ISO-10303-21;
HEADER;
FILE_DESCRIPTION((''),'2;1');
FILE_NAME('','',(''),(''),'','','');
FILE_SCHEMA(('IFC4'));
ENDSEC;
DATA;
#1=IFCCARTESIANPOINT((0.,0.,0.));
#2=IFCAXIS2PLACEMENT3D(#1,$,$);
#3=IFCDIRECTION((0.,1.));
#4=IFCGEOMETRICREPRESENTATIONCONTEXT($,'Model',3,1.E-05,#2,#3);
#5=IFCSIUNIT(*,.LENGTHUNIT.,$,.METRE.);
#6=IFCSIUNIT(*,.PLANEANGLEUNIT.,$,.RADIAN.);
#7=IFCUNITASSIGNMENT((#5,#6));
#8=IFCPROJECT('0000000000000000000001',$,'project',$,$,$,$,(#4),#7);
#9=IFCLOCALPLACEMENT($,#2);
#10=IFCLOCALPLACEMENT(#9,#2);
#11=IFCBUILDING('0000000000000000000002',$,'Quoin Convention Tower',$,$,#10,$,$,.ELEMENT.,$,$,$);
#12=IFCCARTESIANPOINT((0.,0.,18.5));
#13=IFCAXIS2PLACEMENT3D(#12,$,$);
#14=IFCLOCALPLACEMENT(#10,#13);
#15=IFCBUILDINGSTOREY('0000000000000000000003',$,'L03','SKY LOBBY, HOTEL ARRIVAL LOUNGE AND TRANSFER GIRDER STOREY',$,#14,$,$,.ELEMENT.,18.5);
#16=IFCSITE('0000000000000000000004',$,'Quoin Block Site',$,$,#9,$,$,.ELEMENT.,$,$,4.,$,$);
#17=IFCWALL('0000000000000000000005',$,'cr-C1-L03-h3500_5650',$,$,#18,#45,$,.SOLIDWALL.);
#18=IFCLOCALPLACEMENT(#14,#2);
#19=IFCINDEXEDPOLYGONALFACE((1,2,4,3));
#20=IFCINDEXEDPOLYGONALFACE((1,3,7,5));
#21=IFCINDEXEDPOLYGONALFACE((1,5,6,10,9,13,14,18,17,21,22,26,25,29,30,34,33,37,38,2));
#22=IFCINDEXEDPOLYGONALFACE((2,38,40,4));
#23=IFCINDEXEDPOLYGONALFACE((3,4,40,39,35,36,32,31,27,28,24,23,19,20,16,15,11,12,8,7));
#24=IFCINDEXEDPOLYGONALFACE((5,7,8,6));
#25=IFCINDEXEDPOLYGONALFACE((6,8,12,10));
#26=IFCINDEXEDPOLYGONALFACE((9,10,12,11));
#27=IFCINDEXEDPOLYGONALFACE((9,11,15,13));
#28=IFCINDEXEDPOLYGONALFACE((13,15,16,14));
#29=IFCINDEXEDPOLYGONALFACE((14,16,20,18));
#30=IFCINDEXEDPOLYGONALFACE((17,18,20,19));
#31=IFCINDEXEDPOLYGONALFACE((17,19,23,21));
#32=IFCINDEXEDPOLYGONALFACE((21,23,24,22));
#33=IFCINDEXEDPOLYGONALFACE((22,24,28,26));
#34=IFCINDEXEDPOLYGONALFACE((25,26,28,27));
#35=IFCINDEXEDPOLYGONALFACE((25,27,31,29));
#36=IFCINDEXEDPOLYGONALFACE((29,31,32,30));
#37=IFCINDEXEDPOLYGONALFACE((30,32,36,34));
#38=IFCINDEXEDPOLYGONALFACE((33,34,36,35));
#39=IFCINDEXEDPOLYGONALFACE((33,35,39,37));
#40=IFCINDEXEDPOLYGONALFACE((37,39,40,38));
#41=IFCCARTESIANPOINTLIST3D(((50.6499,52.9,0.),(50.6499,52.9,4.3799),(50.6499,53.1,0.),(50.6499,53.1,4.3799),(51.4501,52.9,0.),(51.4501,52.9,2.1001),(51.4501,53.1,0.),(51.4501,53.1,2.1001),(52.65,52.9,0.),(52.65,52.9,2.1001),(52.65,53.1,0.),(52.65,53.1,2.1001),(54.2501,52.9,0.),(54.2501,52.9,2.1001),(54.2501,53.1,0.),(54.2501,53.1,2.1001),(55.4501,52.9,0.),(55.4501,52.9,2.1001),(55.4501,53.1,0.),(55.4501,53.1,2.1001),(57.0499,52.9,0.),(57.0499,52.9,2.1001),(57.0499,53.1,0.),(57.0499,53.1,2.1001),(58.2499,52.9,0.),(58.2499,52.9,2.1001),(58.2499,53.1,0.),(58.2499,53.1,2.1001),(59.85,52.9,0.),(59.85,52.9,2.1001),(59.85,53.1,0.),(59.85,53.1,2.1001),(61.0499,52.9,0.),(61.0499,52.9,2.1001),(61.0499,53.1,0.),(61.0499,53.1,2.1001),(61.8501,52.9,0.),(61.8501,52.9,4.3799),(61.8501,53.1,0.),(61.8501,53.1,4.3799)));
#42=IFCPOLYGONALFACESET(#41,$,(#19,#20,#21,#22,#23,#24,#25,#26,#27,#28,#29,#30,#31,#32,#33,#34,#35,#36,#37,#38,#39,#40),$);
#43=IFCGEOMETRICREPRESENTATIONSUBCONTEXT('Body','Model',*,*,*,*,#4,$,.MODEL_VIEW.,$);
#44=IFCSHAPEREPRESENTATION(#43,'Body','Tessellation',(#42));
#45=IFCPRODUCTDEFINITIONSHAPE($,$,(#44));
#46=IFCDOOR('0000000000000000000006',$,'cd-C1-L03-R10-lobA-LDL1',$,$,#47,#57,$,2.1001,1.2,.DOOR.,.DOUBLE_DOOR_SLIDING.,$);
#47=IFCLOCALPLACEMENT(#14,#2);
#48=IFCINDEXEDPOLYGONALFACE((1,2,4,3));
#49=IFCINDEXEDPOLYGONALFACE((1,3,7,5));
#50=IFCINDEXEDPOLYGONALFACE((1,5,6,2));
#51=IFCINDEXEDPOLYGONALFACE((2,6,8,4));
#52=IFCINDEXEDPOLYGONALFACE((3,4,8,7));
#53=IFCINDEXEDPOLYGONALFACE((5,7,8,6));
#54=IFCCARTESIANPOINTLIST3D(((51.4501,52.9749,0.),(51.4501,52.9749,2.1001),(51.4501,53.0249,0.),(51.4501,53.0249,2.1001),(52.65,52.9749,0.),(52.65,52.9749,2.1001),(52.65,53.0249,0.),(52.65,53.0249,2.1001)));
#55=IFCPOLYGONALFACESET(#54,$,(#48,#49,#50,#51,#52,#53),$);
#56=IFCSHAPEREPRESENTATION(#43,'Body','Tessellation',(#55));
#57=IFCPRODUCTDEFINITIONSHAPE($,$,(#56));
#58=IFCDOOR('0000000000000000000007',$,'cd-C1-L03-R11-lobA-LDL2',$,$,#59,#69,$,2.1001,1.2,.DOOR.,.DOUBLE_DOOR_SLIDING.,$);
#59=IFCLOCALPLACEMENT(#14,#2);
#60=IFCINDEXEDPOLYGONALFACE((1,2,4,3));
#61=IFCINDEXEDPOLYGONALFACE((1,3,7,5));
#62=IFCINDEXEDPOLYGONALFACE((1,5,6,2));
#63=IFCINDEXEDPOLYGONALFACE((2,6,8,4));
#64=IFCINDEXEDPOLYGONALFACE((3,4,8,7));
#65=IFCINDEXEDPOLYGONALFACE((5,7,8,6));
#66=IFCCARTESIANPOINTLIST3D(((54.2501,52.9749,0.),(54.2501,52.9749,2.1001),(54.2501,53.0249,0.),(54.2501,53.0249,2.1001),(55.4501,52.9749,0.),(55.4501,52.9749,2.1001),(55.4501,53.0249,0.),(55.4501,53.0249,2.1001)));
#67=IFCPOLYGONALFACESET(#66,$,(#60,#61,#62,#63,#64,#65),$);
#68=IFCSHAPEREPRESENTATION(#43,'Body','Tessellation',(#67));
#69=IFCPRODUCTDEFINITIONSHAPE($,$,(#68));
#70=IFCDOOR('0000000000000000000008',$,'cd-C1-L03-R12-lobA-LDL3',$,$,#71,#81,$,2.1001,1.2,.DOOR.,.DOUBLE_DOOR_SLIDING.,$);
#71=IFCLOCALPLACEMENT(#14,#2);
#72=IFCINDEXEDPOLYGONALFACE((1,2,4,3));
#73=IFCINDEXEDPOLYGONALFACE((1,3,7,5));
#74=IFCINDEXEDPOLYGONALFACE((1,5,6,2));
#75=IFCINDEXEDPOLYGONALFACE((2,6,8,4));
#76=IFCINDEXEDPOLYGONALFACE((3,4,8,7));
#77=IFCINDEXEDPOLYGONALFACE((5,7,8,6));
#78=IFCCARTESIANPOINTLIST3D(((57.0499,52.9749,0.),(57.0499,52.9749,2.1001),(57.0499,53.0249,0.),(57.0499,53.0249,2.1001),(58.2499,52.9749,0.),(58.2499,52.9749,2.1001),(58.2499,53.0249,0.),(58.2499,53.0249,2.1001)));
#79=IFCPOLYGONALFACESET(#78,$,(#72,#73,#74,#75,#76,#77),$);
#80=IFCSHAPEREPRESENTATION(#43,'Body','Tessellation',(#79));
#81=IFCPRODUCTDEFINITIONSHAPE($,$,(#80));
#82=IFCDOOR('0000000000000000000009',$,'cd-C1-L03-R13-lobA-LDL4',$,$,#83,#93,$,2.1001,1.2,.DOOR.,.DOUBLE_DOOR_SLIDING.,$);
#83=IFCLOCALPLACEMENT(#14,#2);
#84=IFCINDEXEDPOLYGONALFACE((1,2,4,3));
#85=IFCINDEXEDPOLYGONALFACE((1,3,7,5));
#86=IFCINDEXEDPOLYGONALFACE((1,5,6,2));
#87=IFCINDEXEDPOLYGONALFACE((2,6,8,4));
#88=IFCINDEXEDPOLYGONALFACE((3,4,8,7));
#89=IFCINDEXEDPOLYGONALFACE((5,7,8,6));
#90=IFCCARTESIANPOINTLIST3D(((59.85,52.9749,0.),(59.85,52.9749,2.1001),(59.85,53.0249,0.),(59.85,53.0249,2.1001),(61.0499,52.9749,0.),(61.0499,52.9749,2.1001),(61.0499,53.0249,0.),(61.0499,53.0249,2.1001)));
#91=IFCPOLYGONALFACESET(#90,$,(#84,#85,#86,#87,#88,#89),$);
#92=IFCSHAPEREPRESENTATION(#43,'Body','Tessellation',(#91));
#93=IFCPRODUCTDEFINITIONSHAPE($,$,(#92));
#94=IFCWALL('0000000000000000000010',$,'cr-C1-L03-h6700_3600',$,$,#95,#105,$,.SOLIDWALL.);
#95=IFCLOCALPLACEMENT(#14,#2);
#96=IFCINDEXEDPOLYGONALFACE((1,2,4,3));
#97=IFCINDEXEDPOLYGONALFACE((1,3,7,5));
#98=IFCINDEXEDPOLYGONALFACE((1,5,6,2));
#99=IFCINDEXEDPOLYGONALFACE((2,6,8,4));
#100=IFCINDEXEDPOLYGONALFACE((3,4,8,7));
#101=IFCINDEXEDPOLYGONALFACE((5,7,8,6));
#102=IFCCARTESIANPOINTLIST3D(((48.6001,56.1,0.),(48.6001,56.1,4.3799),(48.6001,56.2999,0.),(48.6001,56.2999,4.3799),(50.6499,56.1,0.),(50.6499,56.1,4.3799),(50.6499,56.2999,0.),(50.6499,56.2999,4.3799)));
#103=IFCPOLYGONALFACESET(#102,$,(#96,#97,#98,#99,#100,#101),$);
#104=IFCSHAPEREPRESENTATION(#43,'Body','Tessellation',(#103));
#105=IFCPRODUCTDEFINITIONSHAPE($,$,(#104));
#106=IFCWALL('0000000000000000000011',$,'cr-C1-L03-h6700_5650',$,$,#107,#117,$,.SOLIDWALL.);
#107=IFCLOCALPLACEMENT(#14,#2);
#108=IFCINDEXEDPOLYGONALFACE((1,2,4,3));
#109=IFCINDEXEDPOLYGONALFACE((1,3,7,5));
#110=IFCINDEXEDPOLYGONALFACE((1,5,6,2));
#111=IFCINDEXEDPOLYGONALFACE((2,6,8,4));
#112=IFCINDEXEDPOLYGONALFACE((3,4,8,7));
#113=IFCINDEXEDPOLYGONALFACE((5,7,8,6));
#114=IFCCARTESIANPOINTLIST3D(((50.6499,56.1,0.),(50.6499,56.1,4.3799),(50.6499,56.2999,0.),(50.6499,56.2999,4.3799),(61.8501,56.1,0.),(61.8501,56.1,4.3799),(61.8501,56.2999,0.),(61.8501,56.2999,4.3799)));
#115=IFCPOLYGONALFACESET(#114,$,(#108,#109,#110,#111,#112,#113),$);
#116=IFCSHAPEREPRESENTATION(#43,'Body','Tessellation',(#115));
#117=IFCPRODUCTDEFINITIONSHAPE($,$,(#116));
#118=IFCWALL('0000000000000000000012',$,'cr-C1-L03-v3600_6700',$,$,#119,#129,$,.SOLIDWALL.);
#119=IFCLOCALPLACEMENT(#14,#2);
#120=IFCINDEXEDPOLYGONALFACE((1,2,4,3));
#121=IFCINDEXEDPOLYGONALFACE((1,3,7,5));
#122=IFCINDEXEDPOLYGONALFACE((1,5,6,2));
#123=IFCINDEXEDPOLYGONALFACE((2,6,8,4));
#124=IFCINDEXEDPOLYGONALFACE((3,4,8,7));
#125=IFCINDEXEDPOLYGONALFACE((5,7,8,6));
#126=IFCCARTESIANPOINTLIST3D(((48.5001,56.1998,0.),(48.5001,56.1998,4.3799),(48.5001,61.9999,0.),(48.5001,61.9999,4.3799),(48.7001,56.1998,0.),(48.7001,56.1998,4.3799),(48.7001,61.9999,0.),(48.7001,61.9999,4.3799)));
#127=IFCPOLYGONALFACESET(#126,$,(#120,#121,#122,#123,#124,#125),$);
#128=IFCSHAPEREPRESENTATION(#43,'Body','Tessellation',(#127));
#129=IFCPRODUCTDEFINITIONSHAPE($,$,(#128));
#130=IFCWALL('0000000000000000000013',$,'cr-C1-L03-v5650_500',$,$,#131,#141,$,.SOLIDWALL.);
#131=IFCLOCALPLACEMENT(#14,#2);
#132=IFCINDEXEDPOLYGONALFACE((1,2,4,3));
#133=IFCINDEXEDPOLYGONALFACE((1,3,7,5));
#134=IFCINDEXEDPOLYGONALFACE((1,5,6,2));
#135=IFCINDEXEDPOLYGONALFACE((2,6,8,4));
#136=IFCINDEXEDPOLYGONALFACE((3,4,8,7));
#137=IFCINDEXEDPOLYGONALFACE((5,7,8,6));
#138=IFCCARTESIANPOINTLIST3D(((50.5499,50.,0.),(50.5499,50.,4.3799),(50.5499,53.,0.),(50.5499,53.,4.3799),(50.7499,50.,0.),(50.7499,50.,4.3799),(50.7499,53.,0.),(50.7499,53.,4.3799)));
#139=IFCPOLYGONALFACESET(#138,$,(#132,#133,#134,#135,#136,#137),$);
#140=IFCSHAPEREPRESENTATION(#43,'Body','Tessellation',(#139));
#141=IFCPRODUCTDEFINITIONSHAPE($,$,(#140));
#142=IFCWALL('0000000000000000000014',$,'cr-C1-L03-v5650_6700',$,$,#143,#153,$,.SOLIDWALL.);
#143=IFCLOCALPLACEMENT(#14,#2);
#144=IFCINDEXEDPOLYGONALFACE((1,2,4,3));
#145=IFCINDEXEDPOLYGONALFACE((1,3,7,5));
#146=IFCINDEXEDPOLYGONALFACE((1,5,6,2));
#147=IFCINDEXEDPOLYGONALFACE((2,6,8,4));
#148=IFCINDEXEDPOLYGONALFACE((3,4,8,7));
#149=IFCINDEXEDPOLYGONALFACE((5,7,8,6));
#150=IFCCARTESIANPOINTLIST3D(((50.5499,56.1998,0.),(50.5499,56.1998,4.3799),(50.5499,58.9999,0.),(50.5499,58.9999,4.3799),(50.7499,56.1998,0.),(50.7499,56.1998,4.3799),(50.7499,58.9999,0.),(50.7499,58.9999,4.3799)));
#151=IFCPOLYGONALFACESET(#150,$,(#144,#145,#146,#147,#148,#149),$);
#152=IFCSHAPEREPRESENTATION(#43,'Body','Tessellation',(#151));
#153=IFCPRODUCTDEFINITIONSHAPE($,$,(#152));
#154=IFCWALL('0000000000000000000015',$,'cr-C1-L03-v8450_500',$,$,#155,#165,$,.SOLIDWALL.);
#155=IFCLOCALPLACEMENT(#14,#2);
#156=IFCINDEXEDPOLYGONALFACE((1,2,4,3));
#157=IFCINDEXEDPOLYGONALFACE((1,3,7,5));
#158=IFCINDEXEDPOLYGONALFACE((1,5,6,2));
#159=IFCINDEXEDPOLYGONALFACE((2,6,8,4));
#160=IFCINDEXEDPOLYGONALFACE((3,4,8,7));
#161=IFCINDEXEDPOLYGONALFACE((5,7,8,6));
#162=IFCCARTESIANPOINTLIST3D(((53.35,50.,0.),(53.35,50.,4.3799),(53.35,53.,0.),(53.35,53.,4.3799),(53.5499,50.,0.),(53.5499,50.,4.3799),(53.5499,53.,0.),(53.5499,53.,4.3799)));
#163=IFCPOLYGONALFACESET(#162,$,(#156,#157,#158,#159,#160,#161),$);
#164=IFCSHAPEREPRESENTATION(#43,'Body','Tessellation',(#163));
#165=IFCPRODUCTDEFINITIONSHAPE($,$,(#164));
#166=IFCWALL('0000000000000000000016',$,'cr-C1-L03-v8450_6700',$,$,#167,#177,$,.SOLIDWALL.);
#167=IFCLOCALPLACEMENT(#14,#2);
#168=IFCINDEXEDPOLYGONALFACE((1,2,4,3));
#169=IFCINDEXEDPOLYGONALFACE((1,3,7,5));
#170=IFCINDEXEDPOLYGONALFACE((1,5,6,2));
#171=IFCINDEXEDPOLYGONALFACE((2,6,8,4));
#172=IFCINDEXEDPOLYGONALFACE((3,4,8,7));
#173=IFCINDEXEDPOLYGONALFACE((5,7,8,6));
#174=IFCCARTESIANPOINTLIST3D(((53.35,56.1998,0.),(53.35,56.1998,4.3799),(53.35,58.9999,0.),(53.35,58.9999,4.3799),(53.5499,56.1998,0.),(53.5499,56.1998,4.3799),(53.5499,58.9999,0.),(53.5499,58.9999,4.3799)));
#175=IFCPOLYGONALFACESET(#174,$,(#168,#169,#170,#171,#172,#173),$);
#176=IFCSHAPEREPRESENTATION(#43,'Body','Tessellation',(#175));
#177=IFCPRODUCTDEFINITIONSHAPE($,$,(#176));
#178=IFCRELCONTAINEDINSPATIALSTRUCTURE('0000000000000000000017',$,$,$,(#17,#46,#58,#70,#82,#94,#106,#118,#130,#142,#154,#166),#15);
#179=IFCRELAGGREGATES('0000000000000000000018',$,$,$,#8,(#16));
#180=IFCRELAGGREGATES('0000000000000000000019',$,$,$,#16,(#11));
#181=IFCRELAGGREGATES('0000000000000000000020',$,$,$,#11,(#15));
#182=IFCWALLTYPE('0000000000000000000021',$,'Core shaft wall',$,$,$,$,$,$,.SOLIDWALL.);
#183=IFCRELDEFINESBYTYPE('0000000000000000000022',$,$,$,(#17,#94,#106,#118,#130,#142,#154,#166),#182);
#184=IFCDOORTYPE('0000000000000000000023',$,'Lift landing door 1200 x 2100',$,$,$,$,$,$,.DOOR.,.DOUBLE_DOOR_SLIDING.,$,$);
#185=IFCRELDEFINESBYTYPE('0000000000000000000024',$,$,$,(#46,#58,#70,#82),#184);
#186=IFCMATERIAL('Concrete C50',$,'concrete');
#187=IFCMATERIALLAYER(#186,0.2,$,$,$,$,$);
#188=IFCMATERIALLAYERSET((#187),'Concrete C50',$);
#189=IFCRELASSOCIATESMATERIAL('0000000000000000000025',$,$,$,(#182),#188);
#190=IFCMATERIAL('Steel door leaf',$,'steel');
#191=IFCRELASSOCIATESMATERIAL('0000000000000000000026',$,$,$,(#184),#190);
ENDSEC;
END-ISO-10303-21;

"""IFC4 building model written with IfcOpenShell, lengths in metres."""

from ifc_helpers import new_model, si_unit, direction, frame, frame_2d, origin, place, context, subcontext, project, spatial, rectangle, extrude, material, layer, layer_set, type_object, element, fill, save


model = new_model("IFC4")

# Units and contexts
model_context = context("Model", 3, precision=1e-05, world=origin(), true_north=direction((0.0, 1.0)))
body_context = subcontext(model_context, "Body", "Model", "MODEL_VIEW")
ifc_project = project(units=[si_unit("LENGTHUNIT", "METRE"), si_unit("PLANEANGLEUNIT", "RADIAN")], contexts=[model_context])

# Site, building, storey
site_placement = place(None, origin())
site = spatial("IfcSite", under=ifc_project, at=site_placement, Name="Quoin Block Site", CompositionType="ELEMENT", RefElevation=4.0)
building_placement = place(site_placement, origin())
building = spatial("IfcBuilding", under=site, at=building_placement, Name="Quoin Convention Tower", CompositionType="ELEMENT")
storey_placement = place(building_placement, frame((0.0, 0.0, 18.5)))
storey = spatial("IfcBuildingStorey", under=building, at=storey_placement, Name="L03", Description="SKY LOBBY, HOTEL ARRIVAL LOUNGE AND TRANSFER GIRDER STOREY", CompositionType="ELEMENT", Elevation=18.5)

# Wall, openings, doors
ifc_material_1 = material(Name="Concrete C50", Category="concrete")
ifc_layer_1 = layer(ifc_material_1, 0.2)
ifc_layer_set_1 = layer_set([ifc_layer_1], Name="Concrete C50")
wall_type_1 = type_object("IfcWallType", Name="Core shaft wall", PredefinedType="SOLIDWALL", material=ifc_layer_set_1)
wall_1_placement = place(storey_placement, frame((50.6499, 53.0, 0.0), z_axis=(0.0, 0.0, 1.0), x_axis=(1.0, 0.0, 0.0)))
wall_1 = element("IfcWall", 1, at=wall_1_placement, inside=storey, type_object=wall_type_1, Name="cr-C1-L03-h3500_5650", PredefinedType="SOLIDWALL", context=body_context, shape_type="SweptSolid", body=[
    extrude(rectangle(XDim=11.2002, YDim=0.2, at=frame_2d((5.6001, 0.0))), origin(), (0.0, 0.0, 1.0), 4.3799),
])
opening_1_placement = place(wall_1_placement, frame((0.8, 0.0, 0.0)))
opening_1 = element("IfcOpeningElement", 2, at=opening_1_placement, cuts=wall_1, PredefinedType="OPENING", context=body_context, shape_type="SweptSolid", body=[
    extrude(rectangle(XDim=1.2, YDim=2.1001, at=frame_2d((0.6001, 1.05))), frame((0.0, 0.1099, 0.0), z_axis=(0.0, -1.0, 0.0), x_axis=(1.0, 0.0, 0.0)), (0.0, 0.0, 1.0), 0.22),
])
opening_2_placement = place(wall_1_placement, frame((3.6001, 0.0, 0.0)))
opening_2 = element("IfcOpeningElement", 3, at=opening_2_placement, cuts=wall_1, PredefinedType="OPENING", context=body_context, shape_type="SweptSolid", body=[
    extrude(rectangle(XDim=1.2, YDim=2.1001, at=frame_2d((0.6001, 1.05))), frame((0.0, 0.1099, 0.0), z_axis=(0.0, -1.0, 0.0), x_axis=(1.0, 0.0, 0.0)), (0.0, 0.0, 1.0), 0.22),
])
opening_3_placement = place(wall_1_placement, frame((6.3999, 0.0, 0.0)))
opening_3 = element("IfcOpeningElement", 4, at=opening_3_placement, cuts=wall_1, PredefinedType="OPENING", context=body_context, shape_type="SweptSolid", body=[
    extrude(rectangle(XDim=1.2, YDim=2.1001, at=frame_2d((0.6001, 1.05))), frame((0.0, 0.1099, 0.0), z_axis=(0.0, -1.0, 0.0), x_axis=(1.0, 0.0, 0.0)), (0.0, 0.0, 1.0), 0.22),
])
opening_4_placement = place(wall_1_placement, frame((9.2, 0.0, 0.0)))
opening_4 = element("IfcOpeningElement", 5, at=opening_4_placement, cuts=wall_1, PredefinedType="OPENING", context=body_context, shape_type="SweptSolid", body=[
    extrude(rectangle(XDim=1.2, YDim=2.1001, at=frame_2d((0.6001, 1.05))), frame((0.0, 0.1099, 0.0), z_axis=(0.0, -1.0, 0.0), x_axis=(1.0, 0.0, 0.0)), (0.0, 0.0, 1.0), 0.22),
])
ifc_material_2 = material(Name="Steel door leaf", Category="steel")
door_type_1 = type_object("IfcDoorType", Name="Lift landing door 1200 x 2100", OperationType="DOUBLE_DOOR_SLIDING", PredefinedType="DOOR", material=ifc_material_2)
door_1_placement = place(opening_1_placement, origin())
door_1 = element("IfcDoor", 6, at=door_1_placement, inside=storey, type_object=door_type_1, Name="cd-C1-L03-R10-lobA-LDL1", OperationType="DOUBLE_DOOR_SLIDING", OverallHeight=2.1001, OverallWidth=1.2, PredefinedType="DOOR", context=body_context, shape_type="SweptSolid", body=[
    extrude(rectangle(XDim=1.2, YDim=2.1001, at=frame_2d((0.6001, 1.05))), frame((0.0, 0.0249, 0.0), z_axis=(0.0, -1.0, 0.0), x_axis=(1.0, 0.0, 0.0)), (0.0, 0.0, 1.0), 0.05),
])
fill(opening_1, door_1)
door_2_placement = place(opening_2_placement, origin())
door_2 = element("IfcDoor", 7, at=door_2_placement, inside=storey, type_object=door_type_1, Name="cd-C1-L03-R11-lobA-LDL2", OperationType="DOUBLE_DOOR_SLIDING", OverallHeight=2.1001, OverallWidth=1.2, PredefinedType="DOOR", context=body_context, shape_type="SweptSolid", body=[
    extrude(rectangle(XDim=1.2, YDim=2.1001, at=frame_2d((0.6001, 1.05))), frame((0.0, 0.0249, 0.0), z_axis=(0.0, -1.0, 0.0), x_axis=(1.0, 0.0, 0.0)), (0.0, 0.0, 1.0), 0.05),
])
fill(opening_2, door_2)
door_3_placement = place(opening_3_placement, origin())
door_3 = element("IfcDoor", 8, at=door_3_placement, inside=storey, type_object=door_type_1, Name="cd-C1-L03-R12-lobA-LDL3", OperationType="DOUBLE_DOOR_SLIDING", OverallHeight=2.1001, OverallWidth=1.2, PredefinedType="DOOR", context=body_context, shape_type="SweptSolid", body=[
    extrude(rectangle(XDim=1.2, YDim=2.1001, at=frame_2d((0.6001, 1.05))), frame((0.0, 0.0249, 0.0), z_axis=(0.0, -1.0, 0.0), x_axis=(1.0, 0.0, 0.0)), (0.0, 0.0, 1.0), 0.05),
])
fill(opening_3, door_3)
door_4_placement = place(opening_4_placement, origin())
door_4 = element("IfcDoor", 9, at=door_4_placement, inside=storey, type_object=door_type_1, Name="cd-C1-L03-R13-lobA-LDL4", OperationType="DOUBLE_DOOR_SLIDING", OverallHeight=2.1001, OverallWidth=1.2, PredefinedType="DOOR", context=body_context, shape_type="SweptSolid", body=[
    extrude(rectangle(XDim=1.2, YDim=2.1001, at=frame_2d((0.6001, 1.05))), frame((0.0, 0.0249, 0.0), z_axis=(0.0, -1.0, 0.0), x_axis=(1.0, 0.0, 0.0)), (0.0, 0.0, 1.0), 0.05),
])
fill(opening_4, door_4)

# Walls
wall_2_placement = place(storey_placement, frame((48.6001, 56.2, 0.0), z_axis=(0.0, 0.0, 1.0), x_axis=(1.0, 0.0, 0.0)))
element("IfcWall", 10, at=wall_2_placement, inside=storey, type_object=wall_type_1, Name="cr-C1-L03-h6700_3600", PredefinedType="SOLIDWALL", context=body_context, shape_type="SweptSolid", body=[
    extrude(rectangle(XDim=2.0498, YDim=0.2, at=frame_2d((1.0249, 0.0))), origin(), (0.0, 0.0, 1.0), 4.3799),
])
wall_3_placement = place(storey_placement, frame((50.6499, 56.2, 0.0), z_axis=(0.0, 0.0, 1.0), x_axis=(1.0, 0.0, 0.0)))
element("IfcWall", 11, at=wall_3_placement, inside=storey, type_object=wall_type_1, Name="cr-C1-L03-h6700_5650", PredefinedType="SOLIDWALL", context=body_context, shape_type="SweptSolid", body=[
    extrude(rectangle(XDim=11.2002, YDim=0.2, at=frame_2d((5.6001, 0.0))), origin(), (0.0, 0.0, 1.0), 4.3799),
])
wall_4_placement = place(storey_placement, frame((48.6001, 56.2, 0.0), z_axis=(0.0, 0.0, 1.0), x_axis=(0.0, 1.0, 0.0)))
element("IfcWall", 12, at=wall_4_placement, inside=storey, type_object=wall_type_1, Name="cr-C1-L03-v3600_6700", PredefinedType="SOLIDWALL", context=body_context, shape_type="SweptSolid", body=[
    extrude(rectangle(XDim=5.8, YDim=0.2, at=frame_2d((2.8999, 0.0))), origin(), (0.0, 0.0, 1.0), 4.3799),
])
wall_5_placement = place(storey_placement, frame((50.6499, 50.0, 0.0), z_axis=(0.0, 0.0, 1.0), x_axis=(0.0, 1.0, 0.0)))
element("IfcWall", 13, at=wall_5_placement, inside=storey, type_object=wall_type_1, Name="cr-C1-L03-v5650_500", PredefinedType="SOLIDWALL", context=body_context, shape_type="SweptSolid", body=[
    extrude(rectangle(XDim=3.0, YDim=0.2, at=frame_2d((1.5, 0.0))), origin(), (0.0, 0.0, 1.0), 4.3799),
])
wall_6_placement = place(storey_placement, frame((50.6499, 56.2, 0.0), z_axis=(0.0, 0.0, 1.0), x_axis=(0.0, 1.0, 0.0)))
element("IfcWall", 14, at=wall_6_placement, inside=storey, type_object=wall_type_1, Name="cr-C1-L03-v5650_6700", PredefinedType="SOLIDWALL", context=body_context, shape_type="SweptSolid", body=[
    extrude(rectangle(XDim=2.8, YDim=0.2, at=frame_2d((1.3999, 0.0))), origin(), (0.0, 0.0, 1.0), 4.3799),
])
wall_7_placement = place(storey_placement, frame((53.45, 50.0, 0.0), z_axis=(0.0, 0.0, 1.0), x_axis=(0.0, 1.0, 0.0)))
element("IfcWall", 15, at=wall_7_placement, inside=storey, type_object=wall_type_1, Name="cr-C1-L03-v8450_500", PredefinedType="SOLIDWALL", context=body_context, shape_type="SweptSolid", body=[
    extrude(rectangle(XDim=3.0, YDim=0.2, at=frame_2d((1.5, 0.0))), origin(), (0.0, 0.0, 1.0), 4.3799),
])
wall_8_placement = place(storey_placement, frame((53.45, 56.2, 0.0), z_axis=(0.0, 0.0, 1.0), x_axis=(0.0, 1.0, 0.0)))
element("IfcWall", 16, at=wall_8_placement, inside=storey, type_object=wall_type_1, Name="cr-C1-L03-v8450_6700", PredefinedType="SOLIDWALL", context=body_context, shape_type="SweptSolid", body=[
    extrude(rectangle(XDim=2.8, YDim=0.2, at=frame_2d((1.3999, 0.0))), origin(), (0.0, 0.0, 1.0), 4.3799),
])

save(model, "model.ifc")
